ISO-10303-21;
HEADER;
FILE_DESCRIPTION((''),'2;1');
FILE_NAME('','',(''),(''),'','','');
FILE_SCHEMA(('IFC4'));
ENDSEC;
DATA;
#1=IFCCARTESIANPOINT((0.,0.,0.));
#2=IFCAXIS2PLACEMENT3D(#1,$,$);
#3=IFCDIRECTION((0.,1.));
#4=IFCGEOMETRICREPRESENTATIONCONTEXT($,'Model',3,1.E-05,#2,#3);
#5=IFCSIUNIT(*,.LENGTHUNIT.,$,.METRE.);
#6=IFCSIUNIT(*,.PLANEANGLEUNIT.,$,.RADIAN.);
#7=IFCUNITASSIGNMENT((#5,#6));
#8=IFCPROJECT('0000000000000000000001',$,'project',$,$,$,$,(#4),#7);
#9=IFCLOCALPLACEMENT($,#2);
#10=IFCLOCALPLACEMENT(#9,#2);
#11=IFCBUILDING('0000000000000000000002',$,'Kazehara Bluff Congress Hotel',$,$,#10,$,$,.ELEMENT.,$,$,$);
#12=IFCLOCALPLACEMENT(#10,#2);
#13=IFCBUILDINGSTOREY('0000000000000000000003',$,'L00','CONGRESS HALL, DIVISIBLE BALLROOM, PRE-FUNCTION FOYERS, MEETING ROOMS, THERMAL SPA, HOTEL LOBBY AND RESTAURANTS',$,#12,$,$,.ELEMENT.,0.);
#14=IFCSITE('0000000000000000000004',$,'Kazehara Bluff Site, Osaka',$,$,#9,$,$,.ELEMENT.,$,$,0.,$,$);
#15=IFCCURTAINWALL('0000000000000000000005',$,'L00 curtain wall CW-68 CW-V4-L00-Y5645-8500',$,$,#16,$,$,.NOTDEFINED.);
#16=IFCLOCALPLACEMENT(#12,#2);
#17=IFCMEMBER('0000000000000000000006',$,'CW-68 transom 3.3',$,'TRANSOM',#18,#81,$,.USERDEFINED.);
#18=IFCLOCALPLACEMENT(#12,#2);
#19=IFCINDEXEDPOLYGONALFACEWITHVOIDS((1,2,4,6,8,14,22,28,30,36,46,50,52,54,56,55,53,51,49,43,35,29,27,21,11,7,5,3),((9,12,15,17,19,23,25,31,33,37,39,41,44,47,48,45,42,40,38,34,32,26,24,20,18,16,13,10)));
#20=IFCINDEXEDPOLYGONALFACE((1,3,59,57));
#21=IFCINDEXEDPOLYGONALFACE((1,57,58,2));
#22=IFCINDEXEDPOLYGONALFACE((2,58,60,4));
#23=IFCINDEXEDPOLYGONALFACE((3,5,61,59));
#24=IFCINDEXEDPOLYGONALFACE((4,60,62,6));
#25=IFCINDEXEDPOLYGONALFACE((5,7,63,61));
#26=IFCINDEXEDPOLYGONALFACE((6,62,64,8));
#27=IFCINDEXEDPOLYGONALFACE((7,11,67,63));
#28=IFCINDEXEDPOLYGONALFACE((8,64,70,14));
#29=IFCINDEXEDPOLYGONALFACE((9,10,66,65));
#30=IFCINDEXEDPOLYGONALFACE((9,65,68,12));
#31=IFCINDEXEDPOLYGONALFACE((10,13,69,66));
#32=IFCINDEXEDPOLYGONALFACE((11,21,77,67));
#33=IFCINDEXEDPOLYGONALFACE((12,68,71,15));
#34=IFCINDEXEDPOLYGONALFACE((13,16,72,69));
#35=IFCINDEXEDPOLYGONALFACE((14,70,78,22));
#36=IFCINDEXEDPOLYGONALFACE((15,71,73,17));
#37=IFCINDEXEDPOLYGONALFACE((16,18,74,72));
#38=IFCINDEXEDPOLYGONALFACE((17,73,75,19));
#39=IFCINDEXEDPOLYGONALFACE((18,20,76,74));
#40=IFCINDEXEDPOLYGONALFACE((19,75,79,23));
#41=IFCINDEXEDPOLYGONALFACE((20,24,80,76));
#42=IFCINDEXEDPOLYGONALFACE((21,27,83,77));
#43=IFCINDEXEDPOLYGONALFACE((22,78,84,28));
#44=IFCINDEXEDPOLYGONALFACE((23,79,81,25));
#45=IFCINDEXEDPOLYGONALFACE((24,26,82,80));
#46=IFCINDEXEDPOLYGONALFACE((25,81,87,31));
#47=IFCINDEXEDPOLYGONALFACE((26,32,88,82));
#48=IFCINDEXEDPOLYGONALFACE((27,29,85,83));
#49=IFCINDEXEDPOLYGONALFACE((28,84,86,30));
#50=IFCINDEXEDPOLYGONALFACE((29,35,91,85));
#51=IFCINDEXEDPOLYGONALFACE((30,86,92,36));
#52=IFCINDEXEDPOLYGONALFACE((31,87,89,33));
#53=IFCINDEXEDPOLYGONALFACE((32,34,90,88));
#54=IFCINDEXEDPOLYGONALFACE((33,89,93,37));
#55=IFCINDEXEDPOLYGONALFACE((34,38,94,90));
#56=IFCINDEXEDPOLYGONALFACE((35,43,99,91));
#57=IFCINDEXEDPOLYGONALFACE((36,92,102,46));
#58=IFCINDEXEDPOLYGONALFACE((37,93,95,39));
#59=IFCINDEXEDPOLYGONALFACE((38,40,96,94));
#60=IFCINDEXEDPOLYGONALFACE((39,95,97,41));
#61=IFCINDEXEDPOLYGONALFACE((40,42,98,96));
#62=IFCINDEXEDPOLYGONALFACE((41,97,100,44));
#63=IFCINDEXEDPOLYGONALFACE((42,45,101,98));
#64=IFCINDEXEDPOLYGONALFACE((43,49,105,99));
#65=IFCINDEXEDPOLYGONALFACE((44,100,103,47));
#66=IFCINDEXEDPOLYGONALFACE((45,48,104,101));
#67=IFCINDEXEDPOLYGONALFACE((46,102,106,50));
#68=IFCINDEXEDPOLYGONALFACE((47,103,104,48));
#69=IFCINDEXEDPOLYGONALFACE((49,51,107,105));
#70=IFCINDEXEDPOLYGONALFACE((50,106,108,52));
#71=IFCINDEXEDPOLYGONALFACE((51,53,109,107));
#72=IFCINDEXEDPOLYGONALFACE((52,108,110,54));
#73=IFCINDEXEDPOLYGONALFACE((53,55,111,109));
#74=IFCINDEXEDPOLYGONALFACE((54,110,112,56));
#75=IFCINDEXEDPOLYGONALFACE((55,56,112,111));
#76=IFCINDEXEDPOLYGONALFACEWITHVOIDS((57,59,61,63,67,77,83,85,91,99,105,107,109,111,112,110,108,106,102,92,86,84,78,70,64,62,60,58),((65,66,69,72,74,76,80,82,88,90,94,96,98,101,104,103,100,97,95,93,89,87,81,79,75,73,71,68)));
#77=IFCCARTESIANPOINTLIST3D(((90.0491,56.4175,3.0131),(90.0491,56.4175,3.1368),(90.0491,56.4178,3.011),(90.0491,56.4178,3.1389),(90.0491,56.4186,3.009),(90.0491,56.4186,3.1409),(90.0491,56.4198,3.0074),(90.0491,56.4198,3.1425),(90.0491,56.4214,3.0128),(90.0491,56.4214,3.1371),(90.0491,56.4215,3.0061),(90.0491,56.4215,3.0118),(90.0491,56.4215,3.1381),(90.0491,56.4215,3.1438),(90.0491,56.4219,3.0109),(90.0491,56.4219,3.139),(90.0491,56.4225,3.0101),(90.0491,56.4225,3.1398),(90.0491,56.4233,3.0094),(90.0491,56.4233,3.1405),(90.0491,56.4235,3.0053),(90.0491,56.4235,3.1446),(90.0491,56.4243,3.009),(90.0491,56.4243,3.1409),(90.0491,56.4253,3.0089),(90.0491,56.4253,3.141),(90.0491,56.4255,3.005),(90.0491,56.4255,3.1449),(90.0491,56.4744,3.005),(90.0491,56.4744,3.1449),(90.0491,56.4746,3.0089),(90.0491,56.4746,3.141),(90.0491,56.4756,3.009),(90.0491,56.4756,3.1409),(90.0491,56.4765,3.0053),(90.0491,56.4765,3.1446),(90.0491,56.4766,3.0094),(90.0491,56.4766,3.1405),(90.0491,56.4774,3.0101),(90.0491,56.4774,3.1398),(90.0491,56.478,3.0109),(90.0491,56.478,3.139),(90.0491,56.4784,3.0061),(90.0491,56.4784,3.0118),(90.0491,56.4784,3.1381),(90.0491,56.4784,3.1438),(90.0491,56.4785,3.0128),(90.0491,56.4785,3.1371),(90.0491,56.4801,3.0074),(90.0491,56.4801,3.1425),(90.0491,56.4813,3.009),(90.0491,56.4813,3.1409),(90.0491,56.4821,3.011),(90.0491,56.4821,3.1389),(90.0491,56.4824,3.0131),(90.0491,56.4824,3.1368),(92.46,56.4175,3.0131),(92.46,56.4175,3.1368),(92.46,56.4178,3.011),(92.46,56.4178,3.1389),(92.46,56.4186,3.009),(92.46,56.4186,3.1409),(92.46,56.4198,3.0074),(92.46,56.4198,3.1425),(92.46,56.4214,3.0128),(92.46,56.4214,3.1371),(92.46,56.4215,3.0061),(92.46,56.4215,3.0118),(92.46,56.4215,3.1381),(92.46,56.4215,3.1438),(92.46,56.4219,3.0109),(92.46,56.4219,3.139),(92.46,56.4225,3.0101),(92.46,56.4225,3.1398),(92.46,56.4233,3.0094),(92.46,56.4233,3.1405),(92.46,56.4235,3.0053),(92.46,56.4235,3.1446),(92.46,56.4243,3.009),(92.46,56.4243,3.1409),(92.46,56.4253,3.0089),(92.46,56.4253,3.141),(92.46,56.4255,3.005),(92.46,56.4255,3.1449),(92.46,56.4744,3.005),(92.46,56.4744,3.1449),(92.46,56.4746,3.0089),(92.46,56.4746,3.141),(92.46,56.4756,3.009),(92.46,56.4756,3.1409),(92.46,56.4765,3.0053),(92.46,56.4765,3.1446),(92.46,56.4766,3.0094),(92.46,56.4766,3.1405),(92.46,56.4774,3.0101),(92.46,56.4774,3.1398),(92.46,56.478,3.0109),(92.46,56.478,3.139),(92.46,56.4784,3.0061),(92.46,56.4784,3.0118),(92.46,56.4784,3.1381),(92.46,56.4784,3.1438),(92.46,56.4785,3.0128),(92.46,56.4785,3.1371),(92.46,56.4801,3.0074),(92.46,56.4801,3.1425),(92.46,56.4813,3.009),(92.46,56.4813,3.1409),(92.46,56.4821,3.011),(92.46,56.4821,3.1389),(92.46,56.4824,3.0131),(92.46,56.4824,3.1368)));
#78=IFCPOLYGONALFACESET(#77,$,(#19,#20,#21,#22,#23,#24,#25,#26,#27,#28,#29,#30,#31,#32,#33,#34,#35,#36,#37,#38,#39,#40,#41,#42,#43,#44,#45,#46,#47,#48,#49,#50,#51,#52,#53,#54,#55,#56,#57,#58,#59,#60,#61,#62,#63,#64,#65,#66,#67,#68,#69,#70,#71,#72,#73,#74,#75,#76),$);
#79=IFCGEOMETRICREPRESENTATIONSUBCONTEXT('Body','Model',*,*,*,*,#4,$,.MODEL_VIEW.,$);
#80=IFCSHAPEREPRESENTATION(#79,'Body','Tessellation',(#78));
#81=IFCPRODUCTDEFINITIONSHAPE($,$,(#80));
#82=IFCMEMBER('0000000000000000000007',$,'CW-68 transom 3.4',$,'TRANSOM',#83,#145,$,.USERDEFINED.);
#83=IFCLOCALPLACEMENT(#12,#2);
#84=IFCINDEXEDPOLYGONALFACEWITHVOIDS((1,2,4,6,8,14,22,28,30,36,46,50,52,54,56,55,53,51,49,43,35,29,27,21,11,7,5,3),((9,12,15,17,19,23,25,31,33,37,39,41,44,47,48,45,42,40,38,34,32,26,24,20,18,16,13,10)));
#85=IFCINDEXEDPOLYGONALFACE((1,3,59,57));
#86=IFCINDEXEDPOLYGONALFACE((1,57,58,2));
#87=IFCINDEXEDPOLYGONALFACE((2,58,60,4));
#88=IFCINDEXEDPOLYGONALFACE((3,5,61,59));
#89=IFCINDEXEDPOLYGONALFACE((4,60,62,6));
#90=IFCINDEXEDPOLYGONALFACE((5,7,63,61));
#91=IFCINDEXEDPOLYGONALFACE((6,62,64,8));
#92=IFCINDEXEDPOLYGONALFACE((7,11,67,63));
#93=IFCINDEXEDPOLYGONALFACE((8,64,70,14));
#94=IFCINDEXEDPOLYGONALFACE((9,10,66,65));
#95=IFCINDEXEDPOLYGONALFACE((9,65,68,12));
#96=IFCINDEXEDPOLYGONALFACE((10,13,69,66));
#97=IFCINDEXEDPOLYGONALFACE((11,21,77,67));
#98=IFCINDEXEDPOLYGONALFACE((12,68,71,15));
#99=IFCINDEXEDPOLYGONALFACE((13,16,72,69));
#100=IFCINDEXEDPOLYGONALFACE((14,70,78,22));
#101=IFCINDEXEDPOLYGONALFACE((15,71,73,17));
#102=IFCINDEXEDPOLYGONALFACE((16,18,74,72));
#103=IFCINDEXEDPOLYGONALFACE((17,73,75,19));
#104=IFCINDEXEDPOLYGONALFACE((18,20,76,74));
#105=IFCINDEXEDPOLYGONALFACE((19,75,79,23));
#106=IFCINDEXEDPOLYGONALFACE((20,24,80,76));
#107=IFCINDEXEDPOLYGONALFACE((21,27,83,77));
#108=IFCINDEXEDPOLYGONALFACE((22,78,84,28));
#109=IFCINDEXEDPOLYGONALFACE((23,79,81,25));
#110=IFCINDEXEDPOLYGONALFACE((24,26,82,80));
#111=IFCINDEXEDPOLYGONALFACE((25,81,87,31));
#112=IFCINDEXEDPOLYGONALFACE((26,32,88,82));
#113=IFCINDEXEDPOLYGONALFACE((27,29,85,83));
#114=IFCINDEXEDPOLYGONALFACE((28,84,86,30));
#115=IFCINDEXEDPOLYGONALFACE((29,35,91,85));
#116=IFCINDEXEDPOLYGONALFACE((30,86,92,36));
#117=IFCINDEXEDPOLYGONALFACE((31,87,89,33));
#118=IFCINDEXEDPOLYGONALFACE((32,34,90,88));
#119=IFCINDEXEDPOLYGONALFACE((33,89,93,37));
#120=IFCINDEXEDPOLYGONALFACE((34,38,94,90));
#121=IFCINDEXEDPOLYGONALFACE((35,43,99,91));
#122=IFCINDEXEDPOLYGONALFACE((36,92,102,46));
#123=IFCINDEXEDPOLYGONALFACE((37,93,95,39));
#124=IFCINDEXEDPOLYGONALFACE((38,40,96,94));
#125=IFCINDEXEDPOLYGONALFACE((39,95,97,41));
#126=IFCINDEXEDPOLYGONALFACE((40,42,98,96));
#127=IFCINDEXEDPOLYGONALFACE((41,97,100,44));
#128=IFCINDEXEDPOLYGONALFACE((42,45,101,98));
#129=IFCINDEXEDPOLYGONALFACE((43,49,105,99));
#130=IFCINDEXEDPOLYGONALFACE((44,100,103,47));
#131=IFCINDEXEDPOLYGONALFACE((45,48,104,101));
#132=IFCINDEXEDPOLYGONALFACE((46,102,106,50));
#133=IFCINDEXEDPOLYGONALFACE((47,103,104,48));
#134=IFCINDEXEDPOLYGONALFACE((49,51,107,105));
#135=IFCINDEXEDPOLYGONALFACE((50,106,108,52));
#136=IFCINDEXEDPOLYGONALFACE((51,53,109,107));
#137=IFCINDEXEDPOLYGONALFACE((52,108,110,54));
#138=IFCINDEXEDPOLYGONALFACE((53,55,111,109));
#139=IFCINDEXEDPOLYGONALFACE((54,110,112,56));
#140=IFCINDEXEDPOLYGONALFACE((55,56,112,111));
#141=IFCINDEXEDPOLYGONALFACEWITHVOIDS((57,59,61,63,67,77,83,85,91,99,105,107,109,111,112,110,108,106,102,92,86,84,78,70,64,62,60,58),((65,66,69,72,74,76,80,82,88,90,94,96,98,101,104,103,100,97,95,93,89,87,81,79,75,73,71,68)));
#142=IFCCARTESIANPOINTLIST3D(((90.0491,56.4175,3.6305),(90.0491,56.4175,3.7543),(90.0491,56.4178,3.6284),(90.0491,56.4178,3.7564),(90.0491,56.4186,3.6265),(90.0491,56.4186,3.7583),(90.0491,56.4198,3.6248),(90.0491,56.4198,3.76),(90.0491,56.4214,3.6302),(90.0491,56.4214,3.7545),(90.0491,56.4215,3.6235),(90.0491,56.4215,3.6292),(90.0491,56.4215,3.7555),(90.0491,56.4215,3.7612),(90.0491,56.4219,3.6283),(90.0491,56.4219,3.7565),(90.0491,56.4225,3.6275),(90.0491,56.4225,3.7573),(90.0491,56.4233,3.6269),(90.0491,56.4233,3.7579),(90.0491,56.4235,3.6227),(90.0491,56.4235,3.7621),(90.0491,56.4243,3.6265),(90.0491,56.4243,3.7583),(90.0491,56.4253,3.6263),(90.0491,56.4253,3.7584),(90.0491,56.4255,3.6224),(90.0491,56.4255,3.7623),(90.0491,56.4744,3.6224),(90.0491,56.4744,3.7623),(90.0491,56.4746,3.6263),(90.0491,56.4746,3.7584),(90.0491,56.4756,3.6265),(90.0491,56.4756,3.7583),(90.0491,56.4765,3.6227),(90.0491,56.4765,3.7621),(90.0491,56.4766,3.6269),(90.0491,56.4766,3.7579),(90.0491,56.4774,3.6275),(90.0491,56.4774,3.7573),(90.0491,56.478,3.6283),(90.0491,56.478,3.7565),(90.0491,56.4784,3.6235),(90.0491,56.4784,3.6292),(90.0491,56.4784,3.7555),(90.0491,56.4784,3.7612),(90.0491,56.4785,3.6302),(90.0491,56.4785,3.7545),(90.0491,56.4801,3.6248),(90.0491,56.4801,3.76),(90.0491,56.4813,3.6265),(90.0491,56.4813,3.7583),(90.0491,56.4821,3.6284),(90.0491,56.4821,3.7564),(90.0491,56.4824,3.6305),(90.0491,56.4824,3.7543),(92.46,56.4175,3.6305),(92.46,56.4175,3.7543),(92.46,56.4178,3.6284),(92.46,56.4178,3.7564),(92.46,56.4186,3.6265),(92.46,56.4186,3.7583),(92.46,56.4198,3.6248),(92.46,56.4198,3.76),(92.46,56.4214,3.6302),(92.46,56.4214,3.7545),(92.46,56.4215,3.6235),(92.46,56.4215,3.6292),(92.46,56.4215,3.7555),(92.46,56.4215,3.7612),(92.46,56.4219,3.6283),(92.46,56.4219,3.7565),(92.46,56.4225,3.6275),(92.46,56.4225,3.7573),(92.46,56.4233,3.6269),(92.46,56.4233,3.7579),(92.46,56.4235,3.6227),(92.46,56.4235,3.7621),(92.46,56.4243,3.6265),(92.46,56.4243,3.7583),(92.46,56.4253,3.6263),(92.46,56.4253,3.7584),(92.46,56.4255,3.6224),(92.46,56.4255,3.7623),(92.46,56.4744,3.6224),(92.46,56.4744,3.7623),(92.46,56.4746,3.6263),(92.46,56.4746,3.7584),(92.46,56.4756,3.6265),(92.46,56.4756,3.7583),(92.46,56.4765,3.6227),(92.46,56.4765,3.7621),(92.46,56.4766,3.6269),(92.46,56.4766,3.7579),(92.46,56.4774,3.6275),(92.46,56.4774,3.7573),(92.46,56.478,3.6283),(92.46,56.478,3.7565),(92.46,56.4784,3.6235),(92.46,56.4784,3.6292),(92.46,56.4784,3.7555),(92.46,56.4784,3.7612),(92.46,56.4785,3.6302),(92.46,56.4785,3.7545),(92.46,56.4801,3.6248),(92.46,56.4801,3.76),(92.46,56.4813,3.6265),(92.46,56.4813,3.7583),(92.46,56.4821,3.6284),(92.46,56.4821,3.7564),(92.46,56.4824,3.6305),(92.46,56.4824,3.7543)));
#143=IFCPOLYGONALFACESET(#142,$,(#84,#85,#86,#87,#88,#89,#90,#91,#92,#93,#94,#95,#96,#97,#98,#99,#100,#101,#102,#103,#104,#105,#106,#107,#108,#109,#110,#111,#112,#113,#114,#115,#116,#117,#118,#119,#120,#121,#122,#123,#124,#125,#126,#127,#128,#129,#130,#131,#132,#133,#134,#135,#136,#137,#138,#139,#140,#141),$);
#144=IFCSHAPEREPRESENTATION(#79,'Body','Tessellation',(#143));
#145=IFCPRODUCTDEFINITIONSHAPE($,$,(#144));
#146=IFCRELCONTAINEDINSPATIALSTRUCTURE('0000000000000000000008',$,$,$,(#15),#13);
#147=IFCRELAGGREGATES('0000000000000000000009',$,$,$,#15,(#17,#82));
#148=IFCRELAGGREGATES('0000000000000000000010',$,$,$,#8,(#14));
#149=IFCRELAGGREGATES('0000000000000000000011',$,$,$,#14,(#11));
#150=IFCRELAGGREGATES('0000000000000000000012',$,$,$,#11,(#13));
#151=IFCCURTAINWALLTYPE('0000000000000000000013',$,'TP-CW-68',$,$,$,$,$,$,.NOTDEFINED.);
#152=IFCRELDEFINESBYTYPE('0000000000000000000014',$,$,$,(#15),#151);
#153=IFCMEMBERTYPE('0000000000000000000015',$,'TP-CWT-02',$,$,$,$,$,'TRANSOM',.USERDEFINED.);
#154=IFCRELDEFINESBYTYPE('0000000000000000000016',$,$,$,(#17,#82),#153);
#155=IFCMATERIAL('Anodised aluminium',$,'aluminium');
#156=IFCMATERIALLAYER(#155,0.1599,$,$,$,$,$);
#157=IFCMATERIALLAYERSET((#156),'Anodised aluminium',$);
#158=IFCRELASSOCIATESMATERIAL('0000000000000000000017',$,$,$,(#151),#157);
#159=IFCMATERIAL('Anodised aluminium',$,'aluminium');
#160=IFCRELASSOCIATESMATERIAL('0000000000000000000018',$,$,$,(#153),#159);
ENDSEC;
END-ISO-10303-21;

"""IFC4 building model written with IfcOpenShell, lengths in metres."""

from ifc_helpers import new_model, si_unit, direction, frame, origin, origin_2d, place, context, subcontext, project, spatial, hollow_rectangle, extrude, material, layer, layer_set, material_profile, profile_set, type_object, element, aggregate, save


model = new_model("IFC4")

# Units and contexts
model_context = context("Model", 3, precision=1e-05, world=origin(), true_north=direction((0.0, 1.0)))
body_context = subcontext(model_context, "Body", "Model", "MODEL_VIEW")
ifc_project = project(units=[si_unit("LENGTHUNIT", "METRE"), si_unit("PLANEANGLEUNIT", "RADIAN")], contexts=[model_context])

# Site, building, storey
site_placement = place(None, origin())
site = spatial("IfcSite", under=ifc_project, at=site_placement, Name="Kazehara Bluff Site, Osaka", CompositionType="ELEMENT", RefElevation=0.0)
building_placement = place(site_placement, origin())
building = spatial("IfcBuilding", under=site, at=building_placement, Name="Kazehara Bluff Congress Hotel", CompositionType="ELEMENT")
storey_placement = place(building_placement, origin())
storey = spatial("IfcBuildingStorey", under=building, at=storey_placement, Name="L00", Description="CONGRESS HALL, DIVISIBLE BALLROOM, PRE-FUNCTION FOYERS, MEETING ROOMS, THERMAL SPA, HOTEL LOBBY AND RESTAURANTS", CompositionType="ELEMENT", Elevation=0.0)

# Curtain wall
ifc_material_1 = material(Name="Anodised aluminium", Category="aluminium")
ifc_layer_1 = layer(ifc_material_1, 0.1599)
ifc_layer_set_1 = layer_set([ifc_layer_1], Name="Anodised aluminium")
curtain_wall_type_1 = type_object("IfcCurtainWallType", Name="TP-CW-68", PredefinedType="NOTDEFINED", material=ifc_layer_set_1)
curtain_wall_1_placement = place(storey_placement, origin())
curtain_wall_1 = element("IfcCurtainWall", 1, at=curtain_wall_1_placement, inside=storey, type_object=curtain_wall_type_1, Name="L00 curtain wall CW-68 CW-V4-L00-Y5645-8500", PredefinedType="NOTDEFINED")

# Members
ifc_material_2 = material(Name="Anodised aluminium", Category="aluminium")
ifc_material_profile_1 = material_profile(ifc_material_2, hollow_rectangle(XDim=0.0649, YDim=0.1399, WallThickness=0.0039, InnerFilletRadius=0.0039, OuterFilletRadius=0.0081, at=origin_2d()))
ifc_profile_set_1 = profile_set([ifc_material_profile_1], Name="Anodised aluminium")
member_type_1 = type_object("IfcMemberType", Name="TP-CWT-02", ElementType="TRANSOM", PredefinedType="USERDEFINED", material=ifc_profile_set_1)
member_1_placement = place(storey_placement, frame((90.0491, 56.45, 3.075), z_axis=(1.0, 0.0, 0.0), x_axis=(0.0, 1.0, 0.0)))
member_1 = element("IfcMember", 2, at=member_1_placement, type_object=member_type_1, Name="CW-68 transom 3.3", ObjectType="TRANSOM", PredefinedType="USERDEFINED", context=body_context, shape_type="SweptSolid", body=[
    extrude(hollow_rectangle(XDim=0.0649, YDim=0.1399, WallThickness=0.0039, InnerFilletRadius=0.0039, OuterFilletRadius=0.0081, at=origin_2d()), origin(), (0.0, 0.0, 1.0), 2.4109),
])
member_2_placement = place(storey_placement, frame((90.0491, 56.45, 3.6924), z_axis=(1.0, 0.0, 0.0), x_axis=(0.0, 1.0, 0.0)))
member_2 = element("IfcMember", 3, at=member_2_placement, type_object=member_type_1, Name="CW-68 transom 3.4", ObjectType="TRANSOM", PredefinedType="USERDEFINED", context=body_context, shape_type="SweptSolid", body=[
    extrude(hollow_rectangle(XDim=0.0649, YDim=0.1399, WallThickness=0.0039, InnerFilletRadius=0.0039, OuterFilletRadius=0.0081, at=origin_2d()), origin(), (0.0, 0.0, 1.0), 2.4109),
])

aggregate(curtain_wall_1, [member_1, member_2])

save(model, "model.ifc")
